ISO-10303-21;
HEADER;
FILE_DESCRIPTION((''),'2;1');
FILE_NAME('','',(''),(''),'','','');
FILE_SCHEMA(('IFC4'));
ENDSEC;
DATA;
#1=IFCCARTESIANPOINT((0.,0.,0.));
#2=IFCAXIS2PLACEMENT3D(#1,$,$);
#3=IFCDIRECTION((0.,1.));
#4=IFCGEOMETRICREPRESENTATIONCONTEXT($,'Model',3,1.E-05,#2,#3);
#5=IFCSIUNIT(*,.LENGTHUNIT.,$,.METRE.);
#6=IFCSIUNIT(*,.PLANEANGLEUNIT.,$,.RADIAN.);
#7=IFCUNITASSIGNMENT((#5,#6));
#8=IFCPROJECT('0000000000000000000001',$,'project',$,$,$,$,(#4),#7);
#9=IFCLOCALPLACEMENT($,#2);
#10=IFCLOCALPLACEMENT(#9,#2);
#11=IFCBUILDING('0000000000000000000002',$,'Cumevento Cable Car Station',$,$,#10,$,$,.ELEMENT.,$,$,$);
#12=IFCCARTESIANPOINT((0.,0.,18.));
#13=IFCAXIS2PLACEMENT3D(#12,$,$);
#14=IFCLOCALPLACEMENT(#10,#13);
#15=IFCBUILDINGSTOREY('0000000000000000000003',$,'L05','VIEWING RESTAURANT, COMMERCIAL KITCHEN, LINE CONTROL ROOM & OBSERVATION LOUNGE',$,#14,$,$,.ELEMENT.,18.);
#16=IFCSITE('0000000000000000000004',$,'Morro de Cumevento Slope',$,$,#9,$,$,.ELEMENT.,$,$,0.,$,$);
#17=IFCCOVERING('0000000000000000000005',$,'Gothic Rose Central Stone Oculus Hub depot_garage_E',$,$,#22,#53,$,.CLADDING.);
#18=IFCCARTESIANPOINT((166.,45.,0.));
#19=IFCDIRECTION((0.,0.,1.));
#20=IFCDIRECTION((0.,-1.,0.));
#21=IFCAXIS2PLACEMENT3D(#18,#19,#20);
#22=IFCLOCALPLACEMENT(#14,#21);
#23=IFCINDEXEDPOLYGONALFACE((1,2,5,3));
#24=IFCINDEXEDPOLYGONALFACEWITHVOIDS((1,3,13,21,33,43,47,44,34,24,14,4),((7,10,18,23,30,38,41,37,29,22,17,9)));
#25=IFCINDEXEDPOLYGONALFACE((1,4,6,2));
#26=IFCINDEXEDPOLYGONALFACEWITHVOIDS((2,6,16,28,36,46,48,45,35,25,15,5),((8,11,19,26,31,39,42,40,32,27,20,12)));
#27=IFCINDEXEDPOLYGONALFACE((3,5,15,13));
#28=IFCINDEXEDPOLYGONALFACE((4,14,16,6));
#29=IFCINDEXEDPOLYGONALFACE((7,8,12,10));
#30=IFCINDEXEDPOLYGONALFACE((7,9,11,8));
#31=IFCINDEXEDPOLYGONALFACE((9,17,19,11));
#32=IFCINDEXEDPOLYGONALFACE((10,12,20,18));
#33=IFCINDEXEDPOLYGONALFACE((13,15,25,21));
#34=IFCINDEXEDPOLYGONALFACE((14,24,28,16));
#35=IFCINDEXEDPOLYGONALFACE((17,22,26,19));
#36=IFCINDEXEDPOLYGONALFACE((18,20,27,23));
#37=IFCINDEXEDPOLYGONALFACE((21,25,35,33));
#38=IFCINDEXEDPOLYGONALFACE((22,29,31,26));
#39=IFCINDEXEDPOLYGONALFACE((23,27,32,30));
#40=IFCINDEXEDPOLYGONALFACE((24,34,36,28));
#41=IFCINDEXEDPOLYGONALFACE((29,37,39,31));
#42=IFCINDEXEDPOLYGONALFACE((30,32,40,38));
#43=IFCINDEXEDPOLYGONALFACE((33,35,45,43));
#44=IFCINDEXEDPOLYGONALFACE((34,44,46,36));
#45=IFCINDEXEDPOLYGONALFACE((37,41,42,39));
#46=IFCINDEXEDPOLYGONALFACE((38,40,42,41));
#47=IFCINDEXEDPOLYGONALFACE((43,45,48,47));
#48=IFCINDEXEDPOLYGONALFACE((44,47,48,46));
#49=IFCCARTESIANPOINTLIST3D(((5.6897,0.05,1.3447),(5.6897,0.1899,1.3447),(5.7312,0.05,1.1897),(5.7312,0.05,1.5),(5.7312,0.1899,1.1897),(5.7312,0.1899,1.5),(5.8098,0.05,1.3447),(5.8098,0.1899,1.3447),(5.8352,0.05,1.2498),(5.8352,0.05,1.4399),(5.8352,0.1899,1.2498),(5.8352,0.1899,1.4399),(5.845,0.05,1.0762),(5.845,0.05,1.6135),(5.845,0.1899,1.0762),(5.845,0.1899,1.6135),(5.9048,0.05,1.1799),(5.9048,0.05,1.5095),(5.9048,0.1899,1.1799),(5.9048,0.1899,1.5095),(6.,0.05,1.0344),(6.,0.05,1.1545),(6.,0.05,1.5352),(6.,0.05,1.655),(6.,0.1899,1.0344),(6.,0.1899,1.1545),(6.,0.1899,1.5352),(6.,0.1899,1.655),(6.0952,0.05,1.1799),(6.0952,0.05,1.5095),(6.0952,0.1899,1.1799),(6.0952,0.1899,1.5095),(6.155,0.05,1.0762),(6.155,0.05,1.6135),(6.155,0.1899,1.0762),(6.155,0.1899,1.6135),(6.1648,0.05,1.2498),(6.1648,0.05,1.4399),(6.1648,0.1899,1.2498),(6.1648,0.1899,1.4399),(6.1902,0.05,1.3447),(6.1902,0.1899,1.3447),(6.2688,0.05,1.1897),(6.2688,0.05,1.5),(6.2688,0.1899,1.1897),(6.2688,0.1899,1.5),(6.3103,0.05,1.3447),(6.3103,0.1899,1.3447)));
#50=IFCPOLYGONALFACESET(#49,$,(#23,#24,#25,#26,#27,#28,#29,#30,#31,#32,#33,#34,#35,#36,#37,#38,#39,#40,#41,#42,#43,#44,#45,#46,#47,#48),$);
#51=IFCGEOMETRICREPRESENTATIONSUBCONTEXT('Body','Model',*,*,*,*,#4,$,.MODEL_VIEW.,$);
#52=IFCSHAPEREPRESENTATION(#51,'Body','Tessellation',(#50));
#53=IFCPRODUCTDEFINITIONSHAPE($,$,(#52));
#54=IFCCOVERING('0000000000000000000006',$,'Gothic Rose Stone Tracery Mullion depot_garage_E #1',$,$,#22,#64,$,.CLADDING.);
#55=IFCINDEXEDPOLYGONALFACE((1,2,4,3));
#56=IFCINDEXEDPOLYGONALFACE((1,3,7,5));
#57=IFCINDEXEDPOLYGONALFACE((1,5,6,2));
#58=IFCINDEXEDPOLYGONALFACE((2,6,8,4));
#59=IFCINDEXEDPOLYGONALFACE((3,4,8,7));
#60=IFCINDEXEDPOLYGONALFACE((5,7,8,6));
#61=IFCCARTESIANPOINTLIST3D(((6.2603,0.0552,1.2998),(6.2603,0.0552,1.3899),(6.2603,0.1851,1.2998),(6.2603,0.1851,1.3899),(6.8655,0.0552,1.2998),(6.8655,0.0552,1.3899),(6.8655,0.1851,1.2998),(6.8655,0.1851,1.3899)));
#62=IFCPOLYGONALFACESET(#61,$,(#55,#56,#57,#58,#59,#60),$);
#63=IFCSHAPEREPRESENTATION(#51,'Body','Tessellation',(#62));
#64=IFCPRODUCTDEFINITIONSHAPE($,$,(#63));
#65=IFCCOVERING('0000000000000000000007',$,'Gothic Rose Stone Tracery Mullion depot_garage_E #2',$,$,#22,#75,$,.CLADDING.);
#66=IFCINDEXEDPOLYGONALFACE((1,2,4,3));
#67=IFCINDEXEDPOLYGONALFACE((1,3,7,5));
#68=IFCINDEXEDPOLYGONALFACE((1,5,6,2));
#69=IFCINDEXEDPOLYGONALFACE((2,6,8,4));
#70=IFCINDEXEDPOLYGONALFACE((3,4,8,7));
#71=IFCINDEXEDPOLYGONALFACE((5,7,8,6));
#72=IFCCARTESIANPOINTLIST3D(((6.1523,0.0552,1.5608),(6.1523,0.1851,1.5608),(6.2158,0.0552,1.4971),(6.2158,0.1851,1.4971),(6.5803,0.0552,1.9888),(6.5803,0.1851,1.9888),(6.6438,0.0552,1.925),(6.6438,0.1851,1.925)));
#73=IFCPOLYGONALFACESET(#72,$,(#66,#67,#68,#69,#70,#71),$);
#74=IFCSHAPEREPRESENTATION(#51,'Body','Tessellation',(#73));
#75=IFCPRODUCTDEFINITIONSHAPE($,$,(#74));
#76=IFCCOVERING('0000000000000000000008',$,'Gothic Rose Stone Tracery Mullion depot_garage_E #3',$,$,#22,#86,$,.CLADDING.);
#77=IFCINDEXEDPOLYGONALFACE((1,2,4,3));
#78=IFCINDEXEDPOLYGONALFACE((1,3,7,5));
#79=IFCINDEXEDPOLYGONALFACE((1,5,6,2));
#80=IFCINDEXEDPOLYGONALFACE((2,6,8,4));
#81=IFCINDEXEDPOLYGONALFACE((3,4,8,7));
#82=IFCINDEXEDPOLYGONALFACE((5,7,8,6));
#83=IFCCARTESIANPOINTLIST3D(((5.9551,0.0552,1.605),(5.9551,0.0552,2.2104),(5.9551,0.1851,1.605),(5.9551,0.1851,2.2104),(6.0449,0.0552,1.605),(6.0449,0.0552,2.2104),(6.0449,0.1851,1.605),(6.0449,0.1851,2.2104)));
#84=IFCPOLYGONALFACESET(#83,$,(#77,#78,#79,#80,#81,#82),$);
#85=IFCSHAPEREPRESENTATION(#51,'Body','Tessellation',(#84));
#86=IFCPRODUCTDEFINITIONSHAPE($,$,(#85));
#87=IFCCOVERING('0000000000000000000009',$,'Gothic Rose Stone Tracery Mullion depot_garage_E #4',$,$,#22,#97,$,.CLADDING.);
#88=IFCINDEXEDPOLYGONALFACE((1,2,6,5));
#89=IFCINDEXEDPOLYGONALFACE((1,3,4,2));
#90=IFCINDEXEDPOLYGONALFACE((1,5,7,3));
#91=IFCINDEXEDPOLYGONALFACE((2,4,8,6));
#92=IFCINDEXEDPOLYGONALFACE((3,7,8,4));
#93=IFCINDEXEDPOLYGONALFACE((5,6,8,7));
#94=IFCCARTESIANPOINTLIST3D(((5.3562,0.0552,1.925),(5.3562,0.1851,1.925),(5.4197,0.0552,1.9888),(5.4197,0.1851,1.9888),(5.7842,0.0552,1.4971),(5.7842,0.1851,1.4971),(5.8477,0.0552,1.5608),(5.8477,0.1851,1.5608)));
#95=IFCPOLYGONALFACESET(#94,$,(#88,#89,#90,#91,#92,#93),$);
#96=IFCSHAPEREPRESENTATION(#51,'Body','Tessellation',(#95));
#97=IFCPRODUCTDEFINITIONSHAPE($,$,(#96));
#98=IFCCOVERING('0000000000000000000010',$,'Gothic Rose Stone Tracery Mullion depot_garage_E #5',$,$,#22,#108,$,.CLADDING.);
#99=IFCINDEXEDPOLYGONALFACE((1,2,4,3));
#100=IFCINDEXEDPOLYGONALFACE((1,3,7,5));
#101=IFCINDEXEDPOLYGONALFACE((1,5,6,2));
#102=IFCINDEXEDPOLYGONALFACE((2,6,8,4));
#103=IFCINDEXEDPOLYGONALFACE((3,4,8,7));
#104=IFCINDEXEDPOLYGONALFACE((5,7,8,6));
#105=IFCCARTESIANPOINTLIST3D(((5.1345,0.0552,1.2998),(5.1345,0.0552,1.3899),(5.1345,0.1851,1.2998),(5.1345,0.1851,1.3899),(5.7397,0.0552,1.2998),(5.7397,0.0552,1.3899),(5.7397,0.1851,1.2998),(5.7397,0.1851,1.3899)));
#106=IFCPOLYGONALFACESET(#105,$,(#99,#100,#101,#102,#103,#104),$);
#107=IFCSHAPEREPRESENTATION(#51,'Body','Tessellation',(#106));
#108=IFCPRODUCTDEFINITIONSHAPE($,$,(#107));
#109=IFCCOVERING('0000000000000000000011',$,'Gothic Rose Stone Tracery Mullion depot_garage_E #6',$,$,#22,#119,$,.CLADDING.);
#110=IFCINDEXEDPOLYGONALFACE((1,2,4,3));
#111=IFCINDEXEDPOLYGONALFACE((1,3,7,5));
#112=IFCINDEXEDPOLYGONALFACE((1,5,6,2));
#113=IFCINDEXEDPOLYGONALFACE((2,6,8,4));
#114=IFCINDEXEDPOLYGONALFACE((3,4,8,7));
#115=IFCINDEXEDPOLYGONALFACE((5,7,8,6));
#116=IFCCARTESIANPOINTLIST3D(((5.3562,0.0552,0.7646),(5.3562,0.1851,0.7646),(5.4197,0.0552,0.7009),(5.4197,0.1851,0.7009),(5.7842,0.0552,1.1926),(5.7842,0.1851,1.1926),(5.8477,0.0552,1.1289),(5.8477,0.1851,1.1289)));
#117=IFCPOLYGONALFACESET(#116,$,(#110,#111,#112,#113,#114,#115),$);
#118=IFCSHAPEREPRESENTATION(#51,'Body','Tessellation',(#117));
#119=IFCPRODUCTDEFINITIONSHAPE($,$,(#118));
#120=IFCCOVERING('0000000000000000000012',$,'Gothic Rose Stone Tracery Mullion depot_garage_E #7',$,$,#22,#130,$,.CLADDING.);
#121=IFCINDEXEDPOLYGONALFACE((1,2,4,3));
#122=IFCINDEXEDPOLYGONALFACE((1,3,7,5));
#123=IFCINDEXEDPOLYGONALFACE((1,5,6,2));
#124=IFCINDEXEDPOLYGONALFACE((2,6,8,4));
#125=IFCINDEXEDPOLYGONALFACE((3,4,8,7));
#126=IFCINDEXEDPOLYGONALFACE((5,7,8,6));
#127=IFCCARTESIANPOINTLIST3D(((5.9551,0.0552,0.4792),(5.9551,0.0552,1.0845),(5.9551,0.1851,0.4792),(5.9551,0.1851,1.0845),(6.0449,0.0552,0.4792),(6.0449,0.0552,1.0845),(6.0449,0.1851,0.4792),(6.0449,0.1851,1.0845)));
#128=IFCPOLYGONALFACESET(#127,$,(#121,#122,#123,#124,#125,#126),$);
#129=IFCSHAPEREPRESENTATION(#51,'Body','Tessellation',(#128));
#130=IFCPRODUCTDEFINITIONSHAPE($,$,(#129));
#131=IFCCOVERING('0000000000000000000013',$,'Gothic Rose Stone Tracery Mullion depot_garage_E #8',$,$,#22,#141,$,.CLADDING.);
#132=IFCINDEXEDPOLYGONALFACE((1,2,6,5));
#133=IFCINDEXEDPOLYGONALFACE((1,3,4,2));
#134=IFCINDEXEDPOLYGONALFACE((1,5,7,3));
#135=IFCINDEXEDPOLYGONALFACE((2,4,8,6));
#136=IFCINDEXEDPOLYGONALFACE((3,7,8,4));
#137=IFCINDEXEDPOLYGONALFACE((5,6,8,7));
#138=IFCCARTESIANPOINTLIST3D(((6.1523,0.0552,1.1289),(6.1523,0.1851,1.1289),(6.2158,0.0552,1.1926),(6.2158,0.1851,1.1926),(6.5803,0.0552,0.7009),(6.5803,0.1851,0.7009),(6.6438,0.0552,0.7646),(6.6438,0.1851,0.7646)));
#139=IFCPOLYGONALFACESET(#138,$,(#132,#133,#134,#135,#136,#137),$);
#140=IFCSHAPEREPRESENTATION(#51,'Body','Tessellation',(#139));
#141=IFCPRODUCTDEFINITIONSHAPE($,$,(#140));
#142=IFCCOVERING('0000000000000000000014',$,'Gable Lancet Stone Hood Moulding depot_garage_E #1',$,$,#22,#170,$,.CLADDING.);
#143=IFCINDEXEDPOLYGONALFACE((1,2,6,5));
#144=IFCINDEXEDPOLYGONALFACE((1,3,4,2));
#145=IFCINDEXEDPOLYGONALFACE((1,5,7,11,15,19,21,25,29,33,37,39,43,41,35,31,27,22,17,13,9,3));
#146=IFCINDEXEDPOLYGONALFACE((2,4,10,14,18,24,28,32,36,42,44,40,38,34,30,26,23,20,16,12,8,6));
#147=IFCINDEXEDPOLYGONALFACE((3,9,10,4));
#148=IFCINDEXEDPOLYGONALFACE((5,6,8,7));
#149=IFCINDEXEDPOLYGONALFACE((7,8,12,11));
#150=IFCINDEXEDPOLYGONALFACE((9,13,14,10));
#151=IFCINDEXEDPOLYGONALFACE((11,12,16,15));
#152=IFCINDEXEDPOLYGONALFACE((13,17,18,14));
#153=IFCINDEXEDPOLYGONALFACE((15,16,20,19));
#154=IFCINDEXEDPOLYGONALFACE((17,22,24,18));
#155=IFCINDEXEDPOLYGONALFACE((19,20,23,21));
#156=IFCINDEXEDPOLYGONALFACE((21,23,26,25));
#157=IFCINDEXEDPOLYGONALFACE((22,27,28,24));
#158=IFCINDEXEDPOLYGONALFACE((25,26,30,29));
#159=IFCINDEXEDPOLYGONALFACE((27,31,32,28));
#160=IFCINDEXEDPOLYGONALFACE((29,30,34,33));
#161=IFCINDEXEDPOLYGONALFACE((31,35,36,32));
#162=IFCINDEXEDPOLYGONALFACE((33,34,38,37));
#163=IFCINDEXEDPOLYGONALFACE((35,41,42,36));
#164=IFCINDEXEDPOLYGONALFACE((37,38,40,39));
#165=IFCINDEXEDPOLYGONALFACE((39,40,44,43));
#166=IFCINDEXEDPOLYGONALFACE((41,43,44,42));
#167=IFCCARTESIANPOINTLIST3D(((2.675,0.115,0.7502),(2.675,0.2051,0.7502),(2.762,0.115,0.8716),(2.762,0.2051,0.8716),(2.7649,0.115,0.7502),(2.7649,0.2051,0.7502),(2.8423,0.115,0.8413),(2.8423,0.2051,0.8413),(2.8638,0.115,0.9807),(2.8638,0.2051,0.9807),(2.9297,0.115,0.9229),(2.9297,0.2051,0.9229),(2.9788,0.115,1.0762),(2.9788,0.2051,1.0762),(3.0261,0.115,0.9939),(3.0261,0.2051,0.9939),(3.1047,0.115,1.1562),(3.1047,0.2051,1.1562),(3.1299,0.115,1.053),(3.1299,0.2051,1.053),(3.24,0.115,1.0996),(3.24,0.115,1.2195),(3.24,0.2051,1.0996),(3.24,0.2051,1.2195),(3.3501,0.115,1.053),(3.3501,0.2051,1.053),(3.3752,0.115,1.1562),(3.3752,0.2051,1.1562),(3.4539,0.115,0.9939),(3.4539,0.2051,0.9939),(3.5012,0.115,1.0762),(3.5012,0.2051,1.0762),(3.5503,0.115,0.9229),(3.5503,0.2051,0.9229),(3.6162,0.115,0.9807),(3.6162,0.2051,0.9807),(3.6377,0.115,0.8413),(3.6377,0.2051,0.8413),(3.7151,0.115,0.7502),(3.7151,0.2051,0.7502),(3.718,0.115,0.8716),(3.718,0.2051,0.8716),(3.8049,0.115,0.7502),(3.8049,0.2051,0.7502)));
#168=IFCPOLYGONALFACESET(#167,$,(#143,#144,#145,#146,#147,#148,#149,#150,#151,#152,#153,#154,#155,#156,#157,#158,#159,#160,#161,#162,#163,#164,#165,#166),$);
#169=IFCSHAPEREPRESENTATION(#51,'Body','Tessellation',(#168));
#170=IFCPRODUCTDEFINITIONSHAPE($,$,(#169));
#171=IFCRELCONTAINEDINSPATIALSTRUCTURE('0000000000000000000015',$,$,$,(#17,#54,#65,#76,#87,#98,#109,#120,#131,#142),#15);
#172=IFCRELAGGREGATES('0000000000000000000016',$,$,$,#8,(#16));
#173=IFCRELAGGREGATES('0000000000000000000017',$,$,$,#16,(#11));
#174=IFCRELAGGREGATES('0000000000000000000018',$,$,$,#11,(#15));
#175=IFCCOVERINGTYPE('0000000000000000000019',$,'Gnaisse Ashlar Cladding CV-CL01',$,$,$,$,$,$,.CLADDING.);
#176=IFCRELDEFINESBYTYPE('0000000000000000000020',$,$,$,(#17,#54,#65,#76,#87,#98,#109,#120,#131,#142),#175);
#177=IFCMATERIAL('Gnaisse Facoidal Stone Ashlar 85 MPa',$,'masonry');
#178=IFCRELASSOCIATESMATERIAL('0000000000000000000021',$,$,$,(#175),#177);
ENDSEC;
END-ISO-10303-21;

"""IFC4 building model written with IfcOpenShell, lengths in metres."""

from ifc_helpers import new_model, si_unit, direction, frame, origin, place, context, subcontext, project, spatial, polyline, outline, extrude, material, type_object, element, save


model = new_model("IFC4")

# Units and contexts
model_context = context("Model", 3, precision=1e-05, world=origin(), true_north=direction((0.0, 1.0)))
body_context = subcontext(model_context, "Body", "Model", "MODEL_VIEW")
ifc_project = project(units=[si_unit("LENGTHUNIT", "METRE"), si_unit("PLANEANGLEUNIT", "RADIAN")], contexts=[model_context])

# Site, building, storey
site_placement = place(None, origin())
site = spatial("IfcSite", under=ifc_project, at=site_placement, Name="Morro de Cumevento Slope", CompositionType="ELEMENT", RefElevation=0.0)
building_placement = place(site_placement, origin())
building = spatial("IfcBuilding", under=site, at=building_placement, Name="Cumevento Cable Car Station", CompositionType="ELEMENT")
storey_placement = place(building_placement, frame((0.0, 0.0, 18.0)))
storey = spatial("IfcBuildingStorey", under=building, at=storey_placement, Name="L05", Description="VIEWING RESTAURANT, COMMERCIAL KITCHEN, LINE CONTROL ROOM & OBSERVATION LOUNGE", CompositionType="ELEMENT", Elevation=18.0)

# Coverings
ifc_material_1 = material(Name="Gnaisse Facoidal Stone Ashlar 85 MPa", Category="masonry")
covering_type = type_object("IfcCoveringType", Name="Gnaisse Ashlar Cladding CV-CL01", PredefinedType="CLADDING", material=ifc_material_1)
placement = place(storey_placement, frame((166.0, 45.0, 0.0), z_axis=(0.0, 0.0, 1.0), x_axis=(0.0, -1.0, 0.0)))
element("IfcCovering", 1, at=placement, inside=storey, type_object=covering_type, Name="Gothic Rose Central Stone Oculus Hub depot_garage_E", PredefinedType="CLADDING", context=body_context, shape_type="SweptSolid", body=[
    extrude(outline(polyline([(6.3103, 1.3447), (6.2688, 1.5), (6.155, 1.6135), (6.0, 1.655), (5.845, 1.6135), (5.7312, 1.5), (5.6897, 1.3447), (5.7312, 1.1897), (5.845, 1.0762), (6.0, 1.0344), (6.155, 1.0762), (6.2688, 1.1897), (6.3103, 1.3447)]), holes=[polyline([(6.1902, 1.3447), (6.1648, 1.4399), (6.0952, 1.5095), (6.0, 1.5352), (5.9048, 1.5095), (5.8352, 1.4399), (5.8098, 1.3447), (5.8352, 1.2498), (5.9048, 1.1799), (6.0, 1.1545), (6.0952, 1.1799), (6.1648, 1.2498), (6.1902, 1.3447)])]), frame((0.0, 0.1899, 0.0), z_axis=(0.0, -1.0, 0.0), x_axis=(1.0, 0.0, 0.0)), (0.0, 0.0, 1.0), 0.1399),
])
element("IfcCovering", 2, at=placement, inside=storey, type_object=covering_type, Name="Gothic Rose Stone Tracery Mullion depot_garage_E #1", PredefinedType="CLADDING", context=body_context, shape_type="SweptSolid", body=[
    extrude(outline(polyline([(6.2603, 1.3899), (6.8655, 1.3899), (6.8655, 1.2998), (6.2603, 1.2998), (6.2603, 1.3899)])), frame((0.0, 0.1851, 0.0), z_axis=(0.0, -1.0, 0.0), x_axis=(1.0, 0.0, 0.0)), (0.0, 0.0, 1.0), 0.1299),
])
element("IfcCovering", 3, at=placement, inside=storey, type_object=covering_type, Name="Gothic Rose Stone Tracery Mullion depot_garage_E #2", PredefinedType="CLADDING", context=body_context, shape_type="SweptSolid", body=[
    extrude(outline(polyline([(6.1523, 1.5608), (6.5803, 1.9888), (6.6438, 1.925), (6.2158, 1.4971), (6.1523, 1.5608)])), frame((0.0, 0.1851, 0.0), z_axis=(0.0, -1.0, 0.0), x_axis=(1.0, 0.0, 0.0)), (0.0, 0.0, 1.0), 0.1299),
])
element("IfcCovering", 4, at=placement, inside=storey, type_object=covering_type, Name="Gothic Rose Stone Tracery Mullion depot_garage_E #3", PredefinedType="CLADDING", context=body_context, shape_type="SweptSolid", body=[
    extrude(outline(polyline([(5.9551, 1.605), (5.9551, 2.2104), (6.0449, 2.2104), (6.0449, 1.605), (5.9551, 1.605)])), frame((0.0, 0.1851, 0.0), z_axis=(0.0, -1.0, 0.0), x_axis=(1.0, 0.0, 0.0)), (0.0, 0.0, 1.0), 0.1299),
])
element("IfcCovering", 5, at=placement, inside=storey, type_object=covering_type, Name="Gothic Rose Stone Tracery Mullion depot_garage_E #4", PredefinedType="CLADDING", context=body_context, shape_type="SweptSolid", body=[
    extrude(outline(polyline([(5.7842, 1.4971), (5.3562, 1.925), (5.4197, 1.9888), (5.8477, 1.5608), (5.7842, 1.4971)])), frame((0.0, 0.1851, 0.0), z_axis=(0.0, -1.0, 0.0), x_axis=(1.0, 0.0, 0.0)), (0.0, 0.0, 1.0), 0.1299),
])
element("IfcCovering", 6, at=placement, inside=storey, type_object=covering_type, Name="Gothic Rose Stone Tracery Mullion depot_garage_E #5", PredefinedType="CLADDING", context=body_context, shape_type="SweptSolid", body=[
    extrude(outline(polyline([(5.7397, 1.2998), (5.1345, 1.2998), (5.1345, 1.3899), (5.7397, 1.3899), (5.7397, 1.2998)])), frame((0.0, 0.1851, 0.0), z_axis=(0.0, -1.0, 0.0), x_axis=(1.0, 0.0, 0.0)), (0.0, 0.0, 1.0), 0.1299),
])
element("IfcCovering", 7, at=placement, inside=storey, type_object=covering_type, Name="Gothic Rose Stone Tracery Mullion depot_garage_E #6", PredefinedType="CLADDING", context=body_context, shape_type="SweptSolid", body=[
    extrude(outline(polyline([(5.8477, 1.1289), (5.4197, 0.7009), (5.3562, 0.7646), (5.7842, 1.1926), (5.8477, 1.1289)])), frame((0.0, 0.1851, 0.0), z_axis=(0.0, -1.0, 0.0), x_axis=(1.0, 0.0, 0.0)), (0.0, 0.0, 1.0), 0.1299),
])
element("IfcCovering", 8, at=placement, inside=storey, type_object=covering_type, Name="Gothic Rose Stone Tracery Mullion depot_garage_E #7", PredefinedType="CLADDING", context=body_context, shape_type="SweptSolid", body=[
    extrude(outline(polyline([(6.0449, 1.0845), (6.0449, 0.4792), (5.9551, 0.4792), (5.9551, 1.0845), (6.0449, 1.0845)])), frame((0.0, 0.1851, 0.0), z_axis=(0.0, -1.0, 0.0), x_axis=(1.0, 0.0, 0.0)), (0.0, 0.0, 1.0), 0.1299),
])
element("IfcCovering", 9, at=placement, inside=storey, type_object=covering_type, Name="Gothic Rose Stone Tracery Mullion depot_garage_E #8", PredefinedType="CLADDING", context=body_context, shape_type="SweptSolid", body=[
    extrude(outline(polyline([(6.2158, 1.1926), (6.6438, 0.7646), (6.5803, 0.7009), (6.1523, 1.1289), (6.2158, 1.1926)])), frame((0.0, 0.1851, 0.0), z_axis=(0.0, -1.0, 0.0), x_axis=(1.0, 0.0, 0.0)), (0.0, 0.0, 1.0), 0.1299),
])
element("IfcCovering", 10, at=placement, inside=storey, type_object=covering_type, Name="Gable Lancet Stone Hood Moulding depot_garage_E #1", PredefinedType="CLADDING", context=body_context, shape_type="SweptSolid", body=[
    extrude(outline(polyline([(2.7649, 0.7502), (2.8423, 0.8413), (2.9297, 0.9229), (3.0261, 0.9939), (3.1299, 1.053), (3.24, 1.0996), (3.3501, 1.053), (3.4539, 0.9939), (3.5503, 0.9229), (3.6377, 0.8413), (3.7151, 0.7502), (3.8049, 0.7502), (3.718, 0.8716), (3.6162, 0.9807), (3.5012, 1.0762), (3.3752, 1.1562), (3.24, 1.2195), (3.1047, 1.1562), (2.9788, 1.0762), (2.8638, 0.9807), (2.762, 0.8716), (2.675, 0.7502), (2.7649, 0.7502)])), frame((0.0, 0.2051, 0.0), z_axis=(0.0, -1.0, 0.0), x_axis=(1.0, 0.0, 0.0)), (0.0, 0.0, 1.0), 0.0901),
])

save(model, "model.ifc")
